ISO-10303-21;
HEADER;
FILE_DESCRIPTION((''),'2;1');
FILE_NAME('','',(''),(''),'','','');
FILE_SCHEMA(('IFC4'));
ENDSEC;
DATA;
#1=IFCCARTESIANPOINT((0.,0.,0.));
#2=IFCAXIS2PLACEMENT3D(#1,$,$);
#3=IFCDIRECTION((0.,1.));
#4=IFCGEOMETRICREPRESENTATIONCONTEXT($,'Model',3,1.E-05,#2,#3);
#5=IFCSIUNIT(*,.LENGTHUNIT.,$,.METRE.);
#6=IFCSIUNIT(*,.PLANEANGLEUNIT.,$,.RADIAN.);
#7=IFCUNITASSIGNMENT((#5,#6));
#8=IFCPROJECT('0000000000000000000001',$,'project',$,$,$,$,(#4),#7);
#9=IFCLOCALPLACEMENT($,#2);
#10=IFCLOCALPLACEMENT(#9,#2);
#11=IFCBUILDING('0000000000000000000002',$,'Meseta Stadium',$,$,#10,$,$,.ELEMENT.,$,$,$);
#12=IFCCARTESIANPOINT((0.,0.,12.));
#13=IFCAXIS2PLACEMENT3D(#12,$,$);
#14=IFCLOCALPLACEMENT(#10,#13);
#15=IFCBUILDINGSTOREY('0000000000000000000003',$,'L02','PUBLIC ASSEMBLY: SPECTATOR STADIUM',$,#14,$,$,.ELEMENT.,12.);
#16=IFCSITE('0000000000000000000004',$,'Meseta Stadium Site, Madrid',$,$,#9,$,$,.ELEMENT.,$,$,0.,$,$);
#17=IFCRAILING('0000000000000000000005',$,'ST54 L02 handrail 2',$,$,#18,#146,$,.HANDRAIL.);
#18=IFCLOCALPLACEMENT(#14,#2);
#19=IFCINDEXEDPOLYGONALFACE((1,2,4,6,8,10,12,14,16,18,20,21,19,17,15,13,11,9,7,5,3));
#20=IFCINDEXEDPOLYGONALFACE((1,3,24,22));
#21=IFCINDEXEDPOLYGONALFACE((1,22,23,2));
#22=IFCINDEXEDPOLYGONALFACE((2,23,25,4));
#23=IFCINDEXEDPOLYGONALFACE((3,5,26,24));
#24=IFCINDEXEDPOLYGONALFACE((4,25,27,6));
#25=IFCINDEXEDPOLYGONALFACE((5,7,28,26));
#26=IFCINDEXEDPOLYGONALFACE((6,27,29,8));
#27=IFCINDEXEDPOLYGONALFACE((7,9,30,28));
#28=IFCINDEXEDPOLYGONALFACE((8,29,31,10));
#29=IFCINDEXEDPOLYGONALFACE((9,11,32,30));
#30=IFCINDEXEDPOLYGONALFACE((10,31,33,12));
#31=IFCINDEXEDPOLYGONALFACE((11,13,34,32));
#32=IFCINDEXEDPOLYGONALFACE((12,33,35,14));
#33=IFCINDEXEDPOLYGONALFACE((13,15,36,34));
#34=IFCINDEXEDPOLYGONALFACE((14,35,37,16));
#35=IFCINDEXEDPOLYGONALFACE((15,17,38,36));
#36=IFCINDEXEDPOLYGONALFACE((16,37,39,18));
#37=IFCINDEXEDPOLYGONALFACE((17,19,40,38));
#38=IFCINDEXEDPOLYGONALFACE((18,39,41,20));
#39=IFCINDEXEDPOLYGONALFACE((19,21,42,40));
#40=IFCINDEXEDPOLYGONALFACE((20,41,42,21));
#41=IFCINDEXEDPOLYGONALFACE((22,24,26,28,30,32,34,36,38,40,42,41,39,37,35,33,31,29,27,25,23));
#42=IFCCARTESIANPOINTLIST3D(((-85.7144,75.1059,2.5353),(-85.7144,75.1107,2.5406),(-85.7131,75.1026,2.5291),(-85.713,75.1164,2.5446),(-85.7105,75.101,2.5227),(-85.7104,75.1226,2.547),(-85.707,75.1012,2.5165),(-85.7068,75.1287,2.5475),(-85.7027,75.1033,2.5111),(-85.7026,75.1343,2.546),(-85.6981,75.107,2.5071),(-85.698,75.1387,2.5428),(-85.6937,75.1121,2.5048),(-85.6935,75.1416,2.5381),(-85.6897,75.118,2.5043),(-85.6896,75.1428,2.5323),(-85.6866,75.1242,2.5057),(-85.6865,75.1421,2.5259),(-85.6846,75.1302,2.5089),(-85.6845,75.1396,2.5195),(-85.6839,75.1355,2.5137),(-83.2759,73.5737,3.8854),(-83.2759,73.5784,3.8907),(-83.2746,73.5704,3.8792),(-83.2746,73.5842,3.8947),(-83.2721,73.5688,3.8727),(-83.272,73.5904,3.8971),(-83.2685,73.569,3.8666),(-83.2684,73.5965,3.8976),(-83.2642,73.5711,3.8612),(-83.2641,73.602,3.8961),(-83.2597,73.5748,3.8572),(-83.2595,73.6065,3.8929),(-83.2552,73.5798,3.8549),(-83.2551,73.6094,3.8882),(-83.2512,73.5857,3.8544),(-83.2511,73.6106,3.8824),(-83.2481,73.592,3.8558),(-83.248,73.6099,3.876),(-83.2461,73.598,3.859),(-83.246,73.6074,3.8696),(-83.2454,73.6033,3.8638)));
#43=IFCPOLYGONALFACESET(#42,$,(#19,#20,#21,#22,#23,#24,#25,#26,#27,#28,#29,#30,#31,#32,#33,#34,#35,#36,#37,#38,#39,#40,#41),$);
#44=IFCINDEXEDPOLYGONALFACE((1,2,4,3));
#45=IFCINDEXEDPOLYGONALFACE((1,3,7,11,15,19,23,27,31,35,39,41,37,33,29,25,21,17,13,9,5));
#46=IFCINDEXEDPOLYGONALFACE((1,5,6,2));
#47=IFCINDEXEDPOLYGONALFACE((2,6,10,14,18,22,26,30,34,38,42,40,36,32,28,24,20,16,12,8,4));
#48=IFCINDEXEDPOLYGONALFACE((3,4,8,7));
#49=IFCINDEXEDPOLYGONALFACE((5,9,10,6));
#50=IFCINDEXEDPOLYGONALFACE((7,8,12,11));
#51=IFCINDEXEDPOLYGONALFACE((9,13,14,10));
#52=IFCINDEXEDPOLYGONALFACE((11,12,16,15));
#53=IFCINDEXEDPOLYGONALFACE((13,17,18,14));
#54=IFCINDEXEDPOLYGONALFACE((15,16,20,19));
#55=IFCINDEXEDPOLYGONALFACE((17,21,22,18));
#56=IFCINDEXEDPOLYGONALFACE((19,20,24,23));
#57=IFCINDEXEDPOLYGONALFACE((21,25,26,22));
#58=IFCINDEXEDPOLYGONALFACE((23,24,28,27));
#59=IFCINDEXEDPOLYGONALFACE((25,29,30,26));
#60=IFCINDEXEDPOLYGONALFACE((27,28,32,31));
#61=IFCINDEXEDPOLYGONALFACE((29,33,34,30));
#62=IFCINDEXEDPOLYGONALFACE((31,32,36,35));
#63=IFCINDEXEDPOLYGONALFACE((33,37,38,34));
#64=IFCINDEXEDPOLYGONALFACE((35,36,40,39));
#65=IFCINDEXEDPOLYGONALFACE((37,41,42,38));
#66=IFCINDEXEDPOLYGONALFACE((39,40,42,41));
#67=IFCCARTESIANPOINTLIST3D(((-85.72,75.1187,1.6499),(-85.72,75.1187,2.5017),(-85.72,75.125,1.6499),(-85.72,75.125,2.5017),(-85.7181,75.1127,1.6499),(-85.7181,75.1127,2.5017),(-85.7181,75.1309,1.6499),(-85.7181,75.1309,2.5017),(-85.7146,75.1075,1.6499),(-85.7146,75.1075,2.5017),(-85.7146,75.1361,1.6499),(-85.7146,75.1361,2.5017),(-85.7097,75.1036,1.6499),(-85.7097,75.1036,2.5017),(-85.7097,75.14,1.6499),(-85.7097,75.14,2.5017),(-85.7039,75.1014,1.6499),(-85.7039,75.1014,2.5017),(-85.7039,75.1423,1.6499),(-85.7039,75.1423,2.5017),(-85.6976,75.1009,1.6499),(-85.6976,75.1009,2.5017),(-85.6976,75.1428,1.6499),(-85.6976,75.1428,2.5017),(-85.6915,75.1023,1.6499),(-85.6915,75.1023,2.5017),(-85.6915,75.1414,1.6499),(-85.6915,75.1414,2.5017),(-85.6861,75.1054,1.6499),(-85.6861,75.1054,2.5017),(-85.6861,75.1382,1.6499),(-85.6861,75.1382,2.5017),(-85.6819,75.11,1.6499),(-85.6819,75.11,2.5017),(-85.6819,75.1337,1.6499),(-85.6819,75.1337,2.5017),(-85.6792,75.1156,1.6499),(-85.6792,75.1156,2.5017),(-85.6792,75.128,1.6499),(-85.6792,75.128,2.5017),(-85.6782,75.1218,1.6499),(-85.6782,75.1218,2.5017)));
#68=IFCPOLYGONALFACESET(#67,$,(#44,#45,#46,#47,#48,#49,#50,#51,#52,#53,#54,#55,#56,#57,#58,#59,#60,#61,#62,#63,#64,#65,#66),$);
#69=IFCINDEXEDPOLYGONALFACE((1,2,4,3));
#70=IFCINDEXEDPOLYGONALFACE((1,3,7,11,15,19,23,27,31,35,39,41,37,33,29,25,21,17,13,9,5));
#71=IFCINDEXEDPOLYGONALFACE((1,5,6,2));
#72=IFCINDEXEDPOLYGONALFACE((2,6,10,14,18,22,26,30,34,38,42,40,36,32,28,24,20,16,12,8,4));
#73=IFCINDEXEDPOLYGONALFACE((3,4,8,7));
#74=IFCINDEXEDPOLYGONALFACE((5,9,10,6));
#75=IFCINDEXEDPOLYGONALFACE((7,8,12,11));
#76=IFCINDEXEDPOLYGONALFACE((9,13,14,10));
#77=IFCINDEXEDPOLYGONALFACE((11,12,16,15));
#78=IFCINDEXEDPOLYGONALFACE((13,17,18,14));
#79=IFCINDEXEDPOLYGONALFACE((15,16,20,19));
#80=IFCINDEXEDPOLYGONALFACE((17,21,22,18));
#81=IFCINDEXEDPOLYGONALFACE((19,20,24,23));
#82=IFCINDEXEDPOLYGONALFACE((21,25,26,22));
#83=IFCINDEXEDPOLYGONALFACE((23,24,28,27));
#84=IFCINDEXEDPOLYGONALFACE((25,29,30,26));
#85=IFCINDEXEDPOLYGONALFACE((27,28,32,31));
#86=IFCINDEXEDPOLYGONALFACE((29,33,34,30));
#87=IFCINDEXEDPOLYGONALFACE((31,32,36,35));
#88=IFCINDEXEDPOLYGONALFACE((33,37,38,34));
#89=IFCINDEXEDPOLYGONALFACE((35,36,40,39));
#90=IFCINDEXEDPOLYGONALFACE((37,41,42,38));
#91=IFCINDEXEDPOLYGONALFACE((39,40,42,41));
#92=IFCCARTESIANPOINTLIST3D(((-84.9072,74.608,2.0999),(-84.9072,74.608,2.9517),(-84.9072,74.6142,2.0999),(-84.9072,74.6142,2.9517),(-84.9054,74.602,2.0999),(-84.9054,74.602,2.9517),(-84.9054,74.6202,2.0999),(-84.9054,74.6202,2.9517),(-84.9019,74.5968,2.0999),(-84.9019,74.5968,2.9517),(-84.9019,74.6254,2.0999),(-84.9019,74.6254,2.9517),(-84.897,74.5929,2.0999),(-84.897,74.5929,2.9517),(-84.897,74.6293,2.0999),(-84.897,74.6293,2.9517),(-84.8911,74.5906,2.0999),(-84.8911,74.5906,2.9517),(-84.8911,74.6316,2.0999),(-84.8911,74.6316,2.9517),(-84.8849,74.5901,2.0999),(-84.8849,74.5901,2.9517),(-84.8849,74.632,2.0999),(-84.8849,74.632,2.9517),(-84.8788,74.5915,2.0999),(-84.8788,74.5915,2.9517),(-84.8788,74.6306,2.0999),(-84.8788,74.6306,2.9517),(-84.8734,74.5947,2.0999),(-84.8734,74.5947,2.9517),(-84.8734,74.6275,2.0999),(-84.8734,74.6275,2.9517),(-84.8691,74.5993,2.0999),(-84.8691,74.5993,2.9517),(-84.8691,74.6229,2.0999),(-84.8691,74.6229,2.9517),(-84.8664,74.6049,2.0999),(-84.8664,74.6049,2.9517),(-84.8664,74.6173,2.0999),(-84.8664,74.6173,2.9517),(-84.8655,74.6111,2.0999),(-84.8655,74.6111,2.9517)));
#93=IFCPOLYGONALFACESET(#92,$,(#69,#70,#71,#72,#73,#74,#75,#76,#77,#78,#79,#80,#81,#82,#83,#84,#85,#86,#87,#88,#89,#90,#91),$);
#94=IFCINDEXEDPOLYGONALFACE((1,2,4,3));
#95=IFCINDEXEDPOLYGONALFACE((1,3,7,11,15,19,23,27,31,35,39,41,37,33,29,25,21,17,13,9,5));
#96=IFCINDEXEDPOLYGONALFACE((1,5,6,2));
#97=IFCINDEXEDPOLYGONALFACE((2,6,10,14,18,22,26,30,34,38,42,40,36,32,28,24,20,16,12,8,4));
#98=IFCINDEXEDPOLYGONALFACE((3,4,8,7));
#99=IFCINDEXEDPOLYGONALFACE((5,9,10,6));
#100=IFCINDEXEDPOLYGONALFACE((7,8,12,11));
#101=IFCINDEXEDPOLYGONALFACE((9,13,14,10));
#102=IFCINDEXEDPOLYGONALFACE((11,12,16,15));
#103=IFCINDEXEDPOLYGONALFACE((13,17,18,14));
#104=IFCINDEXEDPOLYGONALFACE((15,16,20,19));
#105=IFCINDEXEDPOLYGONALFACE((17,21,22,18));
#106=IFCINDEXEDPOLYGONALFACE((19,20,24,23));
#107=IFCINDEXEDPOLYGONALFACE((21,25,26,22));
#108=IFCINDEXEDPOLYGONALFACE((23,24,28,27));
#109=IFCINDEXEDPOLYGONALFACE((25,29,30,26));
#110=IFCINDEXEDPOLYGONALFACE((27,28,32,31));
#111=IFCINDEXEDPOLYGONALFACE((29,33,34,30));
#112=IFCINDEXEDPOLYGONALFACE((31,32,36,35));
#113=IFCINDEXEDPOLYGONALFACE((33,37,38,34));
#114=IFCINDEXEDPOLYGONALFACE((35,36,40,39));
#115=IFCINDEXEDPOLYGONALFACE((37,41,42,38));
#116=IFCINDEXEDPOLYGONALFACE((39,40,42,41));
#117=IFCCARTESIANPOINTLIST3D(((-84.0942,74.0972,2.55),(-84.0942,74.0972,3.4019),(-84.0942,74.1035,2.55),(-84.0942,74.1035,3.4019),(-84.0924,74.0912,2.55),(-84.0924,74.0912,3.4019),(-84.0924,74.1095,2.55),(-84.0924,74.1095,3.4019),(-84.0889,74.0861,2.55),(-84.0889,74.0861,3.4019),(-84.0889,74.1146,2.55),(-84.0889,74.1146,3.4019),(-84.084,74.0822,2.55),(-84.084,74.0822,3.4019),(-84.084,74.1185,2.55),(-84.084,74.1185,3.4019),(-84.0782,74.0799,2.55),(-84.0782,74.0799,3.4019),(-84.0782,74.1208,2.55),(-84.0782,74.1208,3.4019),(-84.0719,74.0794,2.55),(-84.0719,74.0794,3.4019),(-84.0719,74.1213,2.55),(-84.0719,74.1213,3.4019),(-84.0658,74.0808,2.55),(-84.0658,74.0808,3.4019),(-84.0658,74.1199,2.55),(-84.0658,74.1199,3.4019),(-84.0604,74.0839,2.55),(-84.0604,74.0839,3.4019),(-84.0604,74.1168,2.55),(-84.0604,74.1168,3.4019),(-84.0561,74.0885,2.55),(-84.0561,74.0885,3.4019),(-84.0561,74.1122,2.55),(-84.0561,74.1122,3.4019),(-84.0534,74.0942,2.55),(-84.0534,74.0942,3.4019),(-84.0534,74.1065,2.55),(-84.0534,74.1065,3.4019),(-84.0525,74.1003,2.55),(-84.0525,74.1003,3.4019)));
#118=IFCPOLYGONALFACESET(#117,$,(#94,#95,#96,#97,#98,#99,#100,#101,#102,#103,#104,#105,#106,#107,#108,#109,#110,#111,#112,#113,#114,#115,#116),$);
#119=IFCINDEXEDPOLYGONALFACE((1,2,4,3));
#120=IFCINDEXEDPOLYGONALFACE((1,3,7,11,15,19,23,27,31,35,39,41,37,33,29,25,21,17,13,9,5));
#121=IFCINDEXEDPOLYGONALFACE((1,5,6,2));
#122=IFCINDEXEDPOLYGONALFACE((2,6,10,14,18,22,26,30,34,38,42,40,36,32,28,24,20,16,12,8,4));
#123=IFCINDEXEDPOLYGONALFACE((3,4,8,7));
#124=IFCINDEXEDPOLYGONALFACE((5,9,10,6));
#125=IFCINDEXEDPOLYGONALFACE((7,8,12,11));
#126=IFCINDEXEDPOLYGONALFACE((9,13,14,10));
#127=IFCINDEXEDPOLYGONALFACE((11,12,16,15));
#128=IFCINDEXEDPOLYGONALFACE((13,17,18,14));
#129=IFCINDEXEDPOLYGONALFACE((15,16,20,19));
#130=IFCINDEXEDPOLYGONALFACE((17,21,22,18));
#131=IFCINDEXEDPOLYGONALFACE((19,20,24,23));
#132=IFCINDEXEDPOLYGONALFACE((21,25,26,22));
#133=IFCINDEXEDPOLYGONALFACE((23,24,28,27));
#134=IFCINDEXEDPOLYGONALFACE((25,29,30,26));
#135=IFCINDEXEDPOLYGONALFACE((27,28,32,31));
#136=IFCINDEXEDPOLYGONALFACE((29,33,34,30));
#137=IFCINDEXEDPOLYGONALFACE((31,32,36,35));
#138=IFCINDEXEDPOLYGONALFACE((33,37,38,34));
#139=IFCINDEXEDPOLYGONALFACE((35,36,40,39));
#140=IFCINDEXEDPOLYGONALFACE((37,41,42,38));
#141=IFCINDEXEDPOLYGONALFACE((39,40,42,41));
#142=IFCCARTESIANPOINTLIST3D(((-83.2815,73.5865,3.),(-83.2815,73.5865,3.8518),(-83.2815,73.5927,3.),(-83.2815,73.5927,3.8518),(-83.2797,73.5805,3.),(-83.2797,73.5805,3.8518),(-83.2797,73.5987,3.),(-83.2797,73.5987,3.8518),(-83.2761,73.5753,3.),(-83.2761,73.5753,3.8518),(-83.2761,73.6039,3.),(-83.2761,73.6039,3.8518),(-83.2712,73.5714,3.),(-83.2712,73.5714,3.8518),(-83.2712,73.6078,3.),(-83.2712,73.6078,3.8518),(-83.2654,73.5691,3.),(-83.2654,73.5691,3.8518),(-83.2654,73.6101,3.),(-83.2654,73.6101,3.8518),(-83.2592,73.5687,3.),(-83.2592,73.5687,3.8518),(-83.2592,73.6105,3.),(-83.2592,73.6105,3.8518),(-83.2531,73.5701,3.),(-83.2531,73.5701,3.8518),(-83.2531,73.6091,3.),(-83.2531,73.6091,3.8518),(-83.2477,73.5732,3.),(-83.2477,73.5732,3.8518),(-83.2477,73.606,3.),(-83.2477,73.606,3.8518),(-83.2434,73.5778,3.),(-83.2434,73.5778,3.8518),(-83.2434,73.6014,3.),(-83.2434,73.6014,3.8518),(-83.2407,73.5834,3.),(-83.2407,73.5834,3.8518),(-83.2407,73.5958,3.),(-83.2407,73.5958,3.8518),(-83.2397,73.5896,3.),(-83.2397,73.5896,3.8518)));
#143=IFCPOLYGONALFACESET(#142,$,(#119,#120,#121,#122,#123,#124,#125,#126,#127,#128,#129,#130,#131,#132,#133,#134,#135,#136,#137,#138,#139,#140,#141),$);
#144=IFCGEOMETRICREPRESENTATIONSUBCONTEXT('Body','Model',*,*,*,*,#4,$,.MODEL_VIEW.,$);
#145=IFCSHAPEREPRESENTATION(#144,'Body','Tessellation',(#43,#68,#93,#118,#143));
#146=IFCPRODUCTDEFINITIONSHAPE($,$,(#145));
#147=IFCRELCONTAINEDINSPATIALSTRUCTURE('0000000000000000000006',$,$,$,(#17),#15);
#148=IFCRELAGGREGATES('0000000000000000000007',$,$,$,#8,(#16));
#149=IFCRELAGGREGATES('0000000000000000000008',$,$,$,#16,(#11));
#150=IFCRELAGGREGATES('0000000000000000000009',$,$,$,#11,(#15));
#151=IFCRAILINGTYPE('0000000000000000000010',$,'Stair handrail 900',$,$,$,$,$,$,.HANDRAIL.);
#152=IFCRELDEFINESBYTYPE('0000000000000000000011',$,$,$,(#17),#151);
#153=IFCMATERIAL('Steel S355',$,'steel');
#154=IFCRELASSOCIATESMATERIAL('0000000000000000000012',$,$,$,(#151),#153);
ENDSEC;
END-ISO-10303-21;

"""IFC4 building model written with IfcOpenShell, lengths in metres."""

from ifc_helpers import new_model, si_unit, direction, frame, origin, origin_2d, place, context, subcontext, project, spatial, circle, extrude, material, type_object, element, save


model = new_model("IFC4")

# Units and contexts
model_context = context("Model", 3, precision=1e-05, world=origin(), true_north=direction((0.0, 1.0)))
body_context = subcontext(model_context, "Body", "Model", "MODEL_VIEW")
ifc_project = project(units=[si_unit("LENGTHUNIT", "METRE"), si_unit("PLANEANGLEUNIT", "RADIAN")], contexts=[model_context])

# Site, building, storey
site_placement = place(None, origin())
site = spatial("IfcSite", under=ifc_project, at=site_placement, Name="Meseta Stadium Site, Madrid", CompositionType="ELEMENT", RefElevation=0.0)
building_placement = place(site_placement, origin())
building = spatial("IfcBuilding", under=site, at=building_placement, Name="Meseta Stadium", CompositionType="ELEMENT")
storey_placement = place(building_placement, frame((0.0, 0.0, 12.0)))
storey = spatial("IfcBuildingStorey", under=building, at=storey_placement, Name="L02", Description="PUBLIC ASSEMBLY: SPECTATOR STADIUM", CompositionType="ELEMENT", Elevation=12.0)

# Railing
ifc_material_1 = material(Name="Steel S355", Category="steel")
railing_type_1 = type_object("IfcRailingType", Name="Stair handrail 900", PredefinedType="HANDRAIL", material=ifc_material_1)
railing_1_placement = place(storey_placement, frame((-85.6992, 75.1218, 1.6499)))
element("IfcRailing", 1, at=railing_1_placement, inside=storey, type_object=railing_type_1, Name="ST54 L02 handrail 2", PredefinedType="HANDRAIL", context=body_context, shape_type="SweptSolid", body=[
    extrude(circle(Radius=0.0239, at=origin_2d()), frame((0.0, 0.0, 0.876), z_axis=(0.766655, -0.481731, 0.42447), x_axis=(0.53204, 0.846719, 0.0)), (0.0, 0.0, 1.0), 3.1807),
    extrude(circle(Radius=0.021, at=origin_2d()), origin(), (0.0, 0.0, 1.0), 0.8518),
    extrude(circle(Radius=0.021, at=origin_2d()), frame((0.8127, -0.5107, 0.45)), (0.0, 0.0, 1.0), 0.8518),
    extrude(circle(Radius=0.021, at=origin_2d()), frame((1.6257, -1.0215, 0.9001)), (0.0, 0.0, 1.0), 0.8518),
    extrude(circle(Radius=0.021, at=origin_2d()), frame((2.4385, -1.5322, 1.3501)), (0.0, 0.0, 1.0), 0.8518),
])

save(model, "model.ifc")
